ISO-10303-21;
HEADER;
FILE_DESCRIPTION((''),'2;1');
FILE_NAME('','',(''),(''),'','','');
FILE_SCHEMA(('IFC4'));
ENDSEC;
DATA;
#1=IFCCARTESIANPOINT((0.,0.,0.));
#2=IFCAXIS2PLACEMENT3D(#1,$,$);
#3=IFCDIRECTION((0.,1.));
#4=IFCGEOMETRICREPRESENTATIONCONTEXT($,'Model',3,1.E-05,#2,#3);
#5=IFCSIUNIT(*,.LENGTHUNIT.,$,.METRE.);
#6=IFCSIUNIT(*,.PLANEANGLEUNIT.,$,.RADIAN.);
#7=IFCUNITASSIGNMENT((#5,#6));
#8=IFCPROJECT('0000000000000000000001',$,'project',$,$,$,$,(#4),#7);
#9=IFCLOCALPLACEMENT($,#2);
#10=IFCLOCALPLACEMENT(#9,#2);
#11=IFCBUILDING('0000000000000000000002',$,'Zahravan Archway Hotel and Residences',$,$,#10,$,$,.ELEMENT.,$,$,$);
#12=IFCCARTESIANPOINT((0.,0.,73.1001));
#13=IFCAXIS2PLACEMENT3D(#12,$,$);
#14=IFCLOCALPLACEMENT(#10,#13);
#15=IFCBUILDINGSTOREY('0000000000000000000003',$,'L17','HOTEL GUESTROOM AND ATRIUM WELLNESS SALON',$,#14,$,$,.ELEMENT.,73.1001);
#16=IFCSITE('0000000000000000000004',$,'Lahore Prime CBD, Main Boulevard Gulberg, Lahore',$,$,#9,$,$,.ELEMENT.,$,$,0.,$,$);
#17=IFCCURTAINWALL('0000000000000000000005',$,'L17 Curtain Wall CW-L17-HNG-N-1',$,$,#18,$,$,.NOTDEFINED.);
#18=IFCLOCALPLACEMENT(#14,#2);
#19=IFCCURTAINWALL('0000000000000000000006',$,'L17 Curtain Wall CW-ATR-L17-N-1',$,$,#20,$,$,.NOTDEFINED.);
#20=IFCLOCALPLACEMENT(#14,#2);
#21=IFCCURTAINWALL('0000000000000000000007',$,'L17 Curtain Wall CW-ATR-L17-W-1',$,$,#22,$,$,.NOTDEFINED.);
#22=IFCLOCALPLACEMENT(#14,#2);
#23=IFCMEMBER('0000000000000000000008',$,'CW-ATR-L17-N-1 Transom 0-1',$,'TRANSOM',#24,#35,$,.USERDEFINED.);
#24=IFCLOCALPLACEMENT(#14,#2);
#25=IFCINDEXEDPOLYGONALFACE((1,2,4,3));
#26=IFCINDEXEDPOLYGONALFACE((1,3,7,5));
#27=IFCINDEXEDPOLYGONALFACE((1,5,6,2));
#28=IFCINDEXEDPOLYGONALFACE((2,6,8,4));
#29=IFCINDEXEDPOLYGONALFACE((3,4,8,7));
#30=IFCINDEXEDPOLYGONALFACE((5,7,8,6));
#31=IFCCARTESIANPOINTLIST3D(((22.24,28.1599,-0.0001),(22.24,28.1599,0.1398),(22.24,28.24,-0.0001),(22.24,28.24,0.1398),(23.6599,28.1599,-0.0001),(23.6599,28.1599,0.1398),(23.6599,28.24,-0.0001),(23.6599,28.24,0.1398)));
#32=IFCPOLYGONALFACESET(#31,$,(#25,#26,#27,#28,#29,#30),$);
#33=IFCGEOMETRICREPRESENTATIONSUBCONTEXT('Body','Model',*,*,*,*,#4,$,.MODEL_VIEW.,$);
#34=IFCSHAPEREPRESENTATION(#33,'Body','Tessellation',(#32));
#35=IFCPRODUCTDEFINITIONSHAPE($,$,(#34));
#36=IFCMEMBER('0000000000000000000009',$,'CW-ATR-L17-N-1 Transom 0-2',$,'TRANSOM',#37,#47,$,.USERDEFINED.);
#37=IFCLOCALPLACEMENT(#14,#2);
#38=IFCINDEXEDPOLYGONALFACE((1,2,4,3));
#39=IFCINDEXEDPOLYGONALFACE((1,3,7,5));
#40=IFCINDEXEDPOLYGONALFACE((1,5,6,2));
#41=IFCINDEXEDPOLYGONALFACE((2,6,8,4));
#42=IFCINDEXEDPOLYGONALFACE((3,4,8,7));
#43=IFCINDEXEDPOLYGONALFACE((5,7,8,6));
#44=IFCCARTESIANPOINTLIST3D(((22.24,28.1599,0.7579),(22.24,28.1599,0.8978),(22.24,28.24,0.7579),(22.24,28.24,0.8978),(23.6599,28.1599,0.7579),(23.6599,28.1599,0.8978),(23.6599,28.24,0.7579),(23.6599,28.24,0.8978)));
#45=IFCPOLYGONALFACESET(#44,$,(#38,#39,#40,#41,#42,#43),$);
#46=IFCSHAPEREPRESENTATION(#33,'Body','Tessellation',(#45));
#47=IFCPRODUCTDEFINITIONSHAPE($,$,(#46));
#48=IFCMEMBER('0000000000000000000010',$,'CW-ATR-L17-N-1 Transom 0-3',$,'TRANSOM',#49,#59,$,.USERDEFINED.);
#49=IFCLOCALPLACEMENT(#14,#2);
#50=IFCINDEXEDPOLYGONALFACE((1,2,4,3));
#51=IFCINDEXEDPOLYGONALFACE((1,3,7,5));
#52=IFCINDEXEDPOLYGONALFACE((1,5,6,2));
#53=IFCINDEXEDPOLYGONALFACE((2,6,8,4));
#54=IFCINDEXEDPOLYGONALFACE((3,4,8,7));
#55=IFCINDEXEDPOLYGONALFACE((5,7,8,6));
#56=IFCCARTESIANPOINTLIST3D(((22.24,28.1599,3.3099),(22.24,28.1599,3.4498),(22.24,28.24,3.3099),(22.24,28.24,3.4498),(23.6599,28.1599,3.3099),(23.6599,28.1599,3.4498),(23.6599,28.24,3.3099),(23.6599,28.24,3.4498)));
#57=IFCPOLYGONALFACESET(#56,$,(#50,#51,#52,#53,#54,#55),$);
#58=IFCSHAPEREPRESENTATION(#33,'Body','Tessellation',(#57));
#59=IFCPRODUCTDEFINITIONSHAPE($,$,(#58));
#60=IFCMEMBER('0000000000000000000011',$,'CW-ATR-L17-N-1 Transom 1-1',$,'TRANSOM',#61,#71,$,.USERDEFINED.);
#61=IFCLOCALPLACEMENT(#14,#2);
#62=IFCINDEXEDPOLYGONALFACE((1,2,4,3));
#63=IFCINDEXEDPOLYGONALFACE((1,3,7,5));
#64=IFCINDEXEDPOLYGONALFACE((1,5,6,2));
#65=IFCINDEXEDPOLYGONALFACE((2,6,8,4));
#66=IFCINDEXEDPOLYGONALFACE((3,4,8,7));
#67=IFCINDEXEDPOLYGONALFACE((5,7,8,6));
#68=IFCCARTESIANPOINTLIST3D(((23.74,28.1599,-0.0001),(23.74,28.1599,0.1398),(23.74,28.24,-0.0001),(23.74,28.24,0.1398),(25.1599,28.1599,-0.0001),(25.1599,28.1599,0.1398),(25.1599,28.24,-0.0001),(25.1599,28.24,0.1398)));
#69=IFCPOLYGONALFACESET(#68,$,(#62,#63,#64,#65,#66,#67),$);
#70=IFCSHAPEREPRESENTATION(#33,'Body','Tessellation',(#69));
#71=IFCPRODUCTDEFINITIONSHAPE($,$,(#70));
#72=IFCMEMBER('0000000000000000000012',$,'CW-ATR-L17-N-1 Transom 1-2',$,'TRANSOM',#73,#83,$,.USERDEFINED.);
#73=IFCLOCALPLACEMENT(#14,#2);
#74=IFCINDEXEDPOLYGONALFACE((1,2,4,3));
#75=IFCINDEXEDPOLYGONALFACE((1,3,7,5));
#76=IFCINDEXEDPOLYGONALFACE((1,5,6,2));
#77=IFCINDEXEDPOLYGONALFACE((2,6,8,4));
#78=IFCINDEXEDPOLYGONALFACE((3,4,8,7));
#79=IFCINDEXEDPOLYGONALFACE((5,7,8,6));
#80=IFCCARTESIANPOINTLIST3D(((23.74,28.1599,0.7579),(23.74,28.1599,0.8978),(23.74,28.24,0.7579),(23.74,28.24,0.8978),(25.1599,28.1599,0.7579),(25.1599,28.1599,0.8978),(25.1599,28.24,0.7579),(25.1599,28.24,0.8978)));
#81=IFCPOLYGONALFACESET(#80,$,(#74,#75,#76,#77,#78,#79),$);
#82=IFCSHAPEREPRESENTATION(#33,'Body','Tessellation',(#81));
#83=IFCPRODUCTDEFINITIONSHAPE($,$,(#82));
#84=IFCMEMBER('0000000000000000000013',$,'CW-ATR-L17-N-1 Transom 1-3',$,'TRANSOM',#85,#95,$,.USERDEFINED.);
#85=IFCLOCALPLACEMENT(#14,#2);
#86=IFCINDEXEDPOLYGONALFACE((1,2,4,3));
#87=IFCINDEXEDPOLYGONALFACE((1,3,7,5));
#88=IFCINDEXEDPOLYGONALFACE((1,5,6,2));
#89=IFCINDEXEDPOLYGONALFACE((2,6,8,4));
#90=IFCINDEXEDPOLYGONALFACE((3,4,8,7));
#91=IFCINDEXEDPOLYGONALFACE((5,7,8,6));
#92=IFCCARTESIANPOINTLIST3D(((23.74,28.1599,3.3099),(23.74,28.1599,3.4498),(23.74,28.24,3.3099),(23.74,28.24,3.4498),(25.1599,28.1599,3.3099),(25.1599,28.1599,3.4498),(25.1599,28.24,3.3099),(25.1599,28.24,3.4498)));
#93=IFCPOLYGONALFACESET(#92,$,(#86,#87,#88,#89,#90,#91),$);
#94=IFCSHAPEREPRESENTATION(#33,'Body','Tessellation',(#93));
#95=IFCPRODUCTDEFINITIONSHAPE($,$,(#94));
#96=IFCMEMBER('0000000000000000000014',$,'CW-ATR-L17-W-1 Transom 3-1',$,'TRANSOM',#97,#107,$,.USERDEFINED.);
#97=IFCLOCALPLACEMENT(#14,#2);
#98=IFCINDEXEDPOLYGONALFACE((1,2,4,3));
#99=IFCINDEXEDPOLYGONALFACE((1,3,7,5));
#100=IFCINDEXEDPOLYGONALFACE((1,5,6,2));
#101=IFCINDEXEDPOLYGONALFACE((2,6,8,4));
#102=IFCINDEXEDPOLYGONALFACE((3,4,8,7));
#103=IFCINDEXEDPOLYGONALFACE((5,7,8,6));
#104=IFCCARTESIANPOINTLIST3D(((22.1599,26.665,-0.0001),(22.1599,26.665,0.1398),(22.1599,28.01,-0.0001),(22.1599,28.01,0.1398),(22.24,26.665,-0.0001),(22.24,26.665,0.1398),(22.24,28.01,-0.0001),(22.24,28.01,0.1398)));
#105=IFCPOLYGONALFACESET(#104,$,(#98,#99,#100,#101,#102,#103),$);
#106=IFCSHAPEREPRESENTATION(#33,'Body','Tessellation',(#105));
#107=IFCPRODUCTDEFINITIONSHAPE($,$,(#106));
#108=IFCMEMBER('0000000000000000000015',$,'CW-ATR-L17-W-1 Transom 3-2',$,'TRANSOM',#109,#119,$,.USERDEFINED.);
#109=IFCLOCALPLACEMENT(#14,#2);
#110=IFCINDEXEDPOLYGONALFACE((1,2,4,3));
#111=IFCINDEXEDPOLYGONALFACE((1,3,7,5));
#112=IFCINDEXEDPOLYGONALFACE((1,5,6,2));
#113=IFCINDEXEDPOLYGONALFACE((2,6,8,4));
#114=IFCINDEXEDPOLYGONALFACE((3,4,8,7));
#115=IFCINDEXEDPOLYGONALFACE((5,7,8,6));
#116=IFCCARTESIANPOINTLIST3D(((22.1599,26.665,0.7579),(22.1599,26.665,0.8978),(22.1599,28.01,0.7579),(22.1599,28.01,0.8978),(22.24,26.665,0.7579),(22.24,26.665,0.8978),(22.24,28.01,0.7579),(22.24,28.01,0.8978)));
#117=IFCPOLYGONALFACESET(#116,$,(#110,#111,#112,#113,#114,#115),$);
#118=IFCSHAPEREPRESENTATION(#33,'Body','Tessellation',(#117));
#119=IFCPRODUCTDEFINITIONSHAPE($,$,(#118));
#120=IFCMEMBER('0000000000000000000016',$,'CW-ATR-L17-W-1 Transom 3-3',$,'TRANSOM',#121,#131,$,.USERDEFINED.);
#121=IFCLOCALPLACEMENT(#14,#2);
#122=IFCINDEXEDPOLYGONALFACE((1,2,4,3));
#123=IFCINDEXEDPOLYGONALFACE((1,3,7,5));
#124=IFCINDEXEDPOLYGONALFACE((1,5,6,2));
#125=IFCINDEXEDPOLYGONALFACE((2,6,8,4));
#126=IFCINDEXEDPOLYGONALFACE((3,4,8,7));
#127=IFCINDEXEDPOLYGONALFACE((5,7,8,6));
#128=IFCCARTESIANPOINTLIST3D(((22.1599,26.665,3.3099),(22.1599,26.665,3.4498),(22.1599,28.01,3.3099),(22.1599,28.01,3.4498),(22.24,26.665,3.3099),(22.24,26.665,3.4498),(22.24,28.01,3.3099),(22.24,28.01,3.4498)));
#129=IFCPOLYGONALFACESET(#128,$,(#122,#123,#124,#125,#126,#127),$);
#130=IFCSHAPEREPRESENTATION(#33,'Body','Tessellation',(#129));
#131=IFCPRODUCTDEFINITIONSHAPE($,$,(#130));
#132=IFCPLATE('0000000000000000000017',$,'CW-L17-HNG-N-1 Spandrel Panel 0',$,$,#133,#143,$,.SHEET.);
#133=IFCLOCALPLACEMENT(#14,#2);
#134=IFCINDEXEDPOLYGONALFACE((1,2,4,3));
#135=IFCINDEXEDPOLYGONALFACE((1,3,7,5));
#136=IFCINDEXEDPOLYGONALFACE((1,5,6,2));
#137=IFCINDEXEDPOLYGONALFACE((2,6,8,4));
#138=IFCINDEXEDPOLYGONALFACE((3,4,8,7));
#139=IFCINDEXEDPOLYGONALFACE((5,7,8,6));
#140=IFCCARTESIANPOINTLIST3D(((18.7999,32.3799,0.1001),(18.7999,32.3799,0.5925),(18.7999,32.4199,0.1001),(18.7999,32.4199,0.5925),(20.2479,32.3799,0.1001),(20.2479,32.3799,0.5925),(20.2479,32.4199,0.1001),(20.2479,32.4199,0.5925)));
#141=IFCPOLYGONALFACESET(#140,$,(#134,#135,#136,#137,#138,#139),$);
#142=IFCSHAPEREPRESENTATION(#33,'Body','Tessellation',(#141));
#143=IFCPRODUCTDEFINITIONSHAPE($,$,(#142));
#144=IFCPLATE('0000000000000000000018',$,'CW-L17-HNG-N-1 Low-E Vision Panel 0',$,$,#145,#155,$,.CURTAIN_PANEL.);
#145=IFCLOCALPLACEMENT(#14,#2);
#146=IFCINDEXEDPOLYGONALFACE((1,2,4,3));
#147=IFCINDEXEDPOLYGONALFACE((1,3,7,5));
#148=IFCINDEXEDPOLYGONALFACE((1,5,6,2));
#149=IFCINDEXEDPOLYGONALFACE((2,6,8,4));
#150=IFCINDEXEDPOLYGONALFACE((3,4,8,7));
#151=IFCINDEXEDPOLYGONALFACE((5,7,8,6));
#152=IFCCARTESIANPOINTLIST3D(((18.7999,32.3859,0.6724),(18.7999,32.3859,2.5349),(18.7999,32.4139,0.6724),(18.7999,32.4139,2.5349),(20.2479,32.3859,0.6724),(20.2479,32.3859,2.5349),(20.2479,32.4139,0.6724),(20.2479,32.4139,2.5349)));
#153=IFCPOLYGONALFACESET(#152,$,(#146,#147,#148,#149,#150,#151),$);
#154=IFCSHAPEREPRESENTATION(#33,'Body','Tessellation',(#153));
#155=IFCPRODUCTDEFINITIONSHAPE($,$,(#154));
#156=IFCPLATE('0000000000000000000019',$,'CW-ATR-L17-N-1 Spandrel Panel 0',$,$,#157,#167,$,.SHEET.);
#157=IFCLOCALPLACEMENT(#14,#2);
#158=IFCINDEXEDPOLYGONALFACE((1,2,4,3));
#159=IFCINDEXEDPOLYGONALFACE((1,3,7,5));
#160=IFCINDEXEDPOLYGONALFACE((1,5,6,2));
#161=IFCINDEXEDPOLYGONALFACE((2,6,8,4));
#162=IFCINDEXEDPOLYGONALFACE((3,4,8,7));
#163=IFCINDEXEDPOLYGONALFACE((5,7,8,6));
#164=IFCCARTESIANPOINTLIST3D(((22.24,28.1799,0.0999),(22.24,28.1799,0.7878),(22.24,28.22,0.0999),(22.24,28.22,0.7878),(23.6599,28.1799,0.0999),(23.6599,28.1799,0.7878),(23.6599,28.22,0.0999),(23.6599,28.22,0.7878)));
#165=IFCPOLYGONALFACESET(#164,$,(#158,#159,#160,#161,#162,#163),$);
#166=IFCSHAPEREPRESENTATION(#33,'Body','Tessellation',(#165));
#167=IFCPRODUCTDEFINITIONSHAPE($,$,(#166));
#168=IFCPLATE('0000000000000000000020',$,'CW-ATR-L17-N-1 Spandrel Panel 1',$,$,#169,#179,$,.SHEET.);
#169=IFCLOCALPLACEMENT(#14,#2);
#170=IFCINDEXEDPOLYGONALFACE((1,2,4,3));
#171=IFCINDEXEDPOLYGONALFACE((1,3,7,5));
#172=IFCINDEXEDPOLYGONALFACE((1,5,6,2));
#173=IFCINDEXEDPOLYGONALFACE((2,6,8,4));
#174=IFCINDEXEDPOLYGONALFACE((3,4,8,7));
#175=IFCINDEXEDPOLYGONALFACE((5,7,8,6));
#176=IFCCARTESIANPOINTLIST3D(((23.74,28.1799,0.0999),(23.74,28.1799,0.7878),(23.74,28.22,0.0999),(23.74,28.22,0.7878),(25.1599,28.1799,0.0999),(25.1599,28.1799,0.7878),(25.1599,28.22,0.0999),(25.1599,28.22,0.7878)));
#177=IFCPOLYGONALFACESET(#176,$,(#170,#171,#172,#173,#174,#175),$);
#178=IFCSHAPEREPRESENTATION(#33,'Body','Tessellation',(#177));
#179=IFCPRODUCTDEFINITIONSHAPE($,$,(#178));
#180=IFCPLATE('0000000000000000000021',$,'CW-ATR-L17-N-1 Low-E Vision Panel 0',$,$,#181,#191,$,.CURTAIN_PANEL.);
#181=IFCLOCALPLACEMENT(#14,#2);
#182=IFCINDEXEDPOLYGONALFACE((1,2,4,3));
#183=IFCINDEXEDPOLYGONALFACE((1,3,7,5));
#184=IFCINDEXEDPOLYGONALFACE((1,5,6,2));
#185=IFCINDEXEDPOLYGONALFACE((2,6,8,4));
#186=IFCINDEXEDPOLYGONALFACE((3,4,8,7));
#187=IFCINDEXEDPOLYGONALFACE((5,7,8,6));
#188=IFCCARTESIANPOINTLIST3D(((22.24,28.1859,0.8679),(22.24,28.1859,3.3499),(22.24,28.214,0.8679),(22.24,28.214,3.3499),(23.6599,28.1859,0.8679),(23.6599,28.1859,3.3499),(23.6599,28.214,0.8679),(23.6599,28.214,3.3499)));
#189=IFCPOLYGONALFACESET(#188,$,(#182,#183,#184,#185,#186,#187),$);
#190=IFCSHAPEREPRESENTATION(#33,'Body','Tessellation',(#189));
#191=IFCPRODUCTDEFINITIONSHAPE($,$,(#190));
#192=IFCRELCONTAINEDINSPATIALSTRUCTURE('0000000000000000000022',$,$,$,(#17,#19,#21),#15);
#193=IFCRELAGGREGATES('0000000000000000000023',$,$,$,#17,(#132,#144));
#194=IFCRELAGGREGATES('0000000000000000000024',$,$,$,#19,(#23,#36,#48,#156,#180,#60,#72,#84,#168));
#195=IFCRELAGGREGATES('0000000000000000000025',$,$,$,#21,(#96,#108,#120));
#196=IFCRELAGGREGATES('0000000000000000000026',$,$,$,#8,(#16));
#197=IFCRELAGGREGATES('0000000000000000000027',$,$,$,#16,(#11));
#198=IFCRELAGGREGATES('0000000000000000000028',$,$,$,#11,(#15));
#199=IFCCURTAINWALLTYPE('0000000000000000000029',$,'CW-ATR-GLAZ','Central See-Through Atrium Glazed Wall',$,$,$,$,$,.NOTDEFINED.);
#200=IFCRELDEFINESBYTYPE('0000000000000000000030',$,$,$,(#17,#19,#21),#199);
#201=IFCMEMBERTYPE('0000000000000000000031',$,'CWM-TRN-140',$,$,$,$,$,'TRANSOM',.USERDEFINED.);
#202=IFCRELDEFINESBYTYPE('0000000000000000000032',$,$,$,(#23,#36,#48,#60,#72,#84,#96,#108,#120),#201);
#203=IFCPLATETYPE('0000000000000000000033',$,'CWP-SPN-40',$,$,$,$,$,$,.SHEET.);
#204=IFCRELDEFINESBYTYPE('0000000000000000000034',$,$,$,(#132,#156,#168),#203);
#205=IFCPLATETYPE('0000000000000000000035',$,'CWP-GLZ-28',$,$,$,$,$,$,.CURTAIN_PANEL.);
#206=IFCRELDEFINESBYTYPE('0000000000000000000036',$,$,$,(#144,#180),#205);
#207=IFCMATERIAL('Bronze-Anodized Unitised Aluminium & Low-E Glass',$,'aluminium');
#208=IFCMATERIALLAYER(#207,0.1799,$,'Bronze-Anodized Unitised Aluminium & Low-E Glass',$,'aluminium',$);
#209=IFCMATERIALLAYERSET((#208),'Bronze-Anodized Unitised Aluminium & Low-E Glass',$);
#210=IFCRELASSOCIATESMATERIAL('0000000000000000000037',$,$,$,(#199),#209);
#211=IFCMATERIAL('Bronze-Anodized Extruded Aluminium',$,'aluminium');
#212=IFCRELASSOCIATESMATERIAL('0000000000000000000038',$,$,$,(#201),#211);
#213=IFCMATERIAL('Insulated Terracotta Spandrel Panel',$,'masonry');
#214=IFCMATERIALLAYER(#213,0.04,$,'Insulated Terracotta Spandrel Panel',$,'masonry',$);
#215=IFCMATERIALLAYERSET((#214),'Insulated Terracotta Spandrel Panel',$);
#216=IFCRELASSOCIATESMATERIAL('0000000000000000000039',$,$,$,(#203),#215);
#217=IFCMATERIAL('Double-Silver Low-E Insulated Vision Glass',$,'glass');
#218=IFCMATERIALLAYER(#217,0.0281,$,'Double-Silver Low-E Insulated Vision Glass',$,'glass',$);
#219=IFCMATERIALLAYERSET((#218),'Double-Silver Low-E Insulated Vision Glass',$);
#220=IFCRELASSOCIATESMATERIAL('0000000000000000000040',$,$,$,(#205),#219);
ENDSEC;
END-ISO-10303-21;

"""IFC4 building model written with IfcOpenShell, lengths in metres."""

from ifc_helpers import new_model, si_unit, direction, frame, origin, origin_2d, place, context, subcontext, project, spatial, rectangle, extrude, source, transform, mapped, material, layer, layer_set, material_profile, profile_set, type_object, element, aggregate, save


model = new_model("IFC4")

# Units and contexts
model_context = context("Model", 3, precision=1e-05, world=origin(), true_north=direction((0.0, 1.0)))
body_context = subcontext(model_context, "Body", "Model", "MODEL_VIEW")
ifc_project = project(units=[si_unit("LENGTHUNIT", "METRE"), si_unit("PLANEANGLEUNIT", "RADIAN")], contexts=[model_context])

# Site, building, storey
site_placement = place(None, origin())
site = spatial("IfcSite", under=ifc_project, at=site_placement, Name="Lahore Prime CBD, Main Boulevard Gulberg, Lahore", CompositionType="ELEMENT", RefElevation=0.0)
building_placement = place(site_placement, origin())
building = spatial("IfcBuilding", under=site, at=building_placement, Name="Zahravan Archway Hotel and Residences", CompositionType="ELEMENT")
storey_placement = place(building_placement, frame((0.0, 0.0, 73.1001)))
storey = spatial("IfcBuildingStorey", under=building, at=storey_placement, Name="L17", Description="HOTEL GUESTROOM AND ATRIUM WELLNESS SALON", CompositionType="ELEMENT", Elevation=73.1001)

# Curtain walls
ifc_material_1 = material(Name="Bronze-Anodized Unitised Aluminium & Low-E Glass", Category="aluminium")
ifc_layer_1 = layer(ifc_material_1, 0.1799, Name="Bronze-Anodized Unitised Aluminium & Low-E Glass", Category="aluminium")
ifc_layer_set_1 = layer_set([ifc_layer_1], Name="Bronze-Anodized Unitised Aluminium & Low-E Glass")
curtain_wall_type = type_object("IfcCurtainWallType", Name="CW-ATR-GLAZ", Description="Central See-Through Atrium Glazed Wall", PredefinedType="NOTDEFINED", material=ifc_layer_set_1)
curtain_wall_1_placement = place(storey_placement, origin())
curtain_wall_1 = element("IfcCurtainWall", 1, at=curtain_wall_1_placement, inside=storey, type_object=curtain_wall_type, Name="L17 Curtain Wall CW-L17-HNG-N-1", PredefinedType="NOTDEFINED")
ifc_material_2 = material(Name="Bronze-Anodized Extruded Aluminium", Category="aluminium")
ifc_material_profile_1 = material_profile(ifc_material_2, rectangle(XDim=0.0801, YDim=0.1399, at=origin_2d()), Name="TRN 80x140", Category="aluminium")
ifc_profile_set_1 = profile_set([ifc_material_profile_1], Name="Bronze-Anodized Extruded Aluminium")
member_type_1 = type_object("IfcMemberType", Name="CWM-TRN-140", ElementType="TRANSOM", PredefinedType="USERDEFINED", material=ifc_profile_set_1)
curtain_wall_2_placement = place(storey_placement, origin())
curtain_wall_2 = element("IfcCurtainWall", 2, at=curtain_wall_2_placement, inside=storey, type_object=curtain_wall_type, Name="L17 Curtain Wall CW-ATR-L17-N-1", PredefinedType="NOTDEFINED")
curtain_wall_3_placement = place(storey_placement, origin())
curtain_wall_3 = element("IfcCurtainWall", 3, at=curtain_wall_3_placement, inside=storey, type_object=curtain_wall_type, Name="L17 Curtain Wall CW-ATR-L17-W-1", PredefinedType="NOTDEFINED")

# Members
shared_shape_1 = source(origin(), body_context, "Body", "SweptSolid", [
    extrude(rectangle(XDim=0.0801, YDim=0.1399, at=origin_2d()), origin(), (0.0, 0.0, 1.0), 1.4199),
])
member_1_placement = place(storey_placement, frame((22.24, 28.2, 0.0698), z_axis=(1.0, 0.0, 0.0), x_axis=(0.0, 1.0, 0.0)))
member_1 = element("IfcMember", 4, at=member_1_placement, type_object=member_type_1, Name="CW-ATR-L17-N-1 Transom 0-1", ObjectType="TRANSOM", PredefinedType="USERDEFINED", context=body_context, shape_type="MappedRepresentation", body=[
    mapped(shared_shape_1, transform((0.0, 0.0, 0.0), scale=1.0)),
])
member_2_placement = place(storey_placement, frame((22.24, 28.2, 0.8279), z_axis=(1.0, 0.0, 0.0), x_axis=(0.0, 1.0, 0.0)))
member_2 = element("IfcMember", 5, at=member_2_placement, type_object=member_type_1, Name="CW-ATR-L17-N-1 Transom 0-2", ObjectType="TRANSOM", PredefinedType="USERDEFINED", context=body_context, shape_type="MappedRepresentation", body=[
    mapped(shared_shape_1, transform((0.0, 0.0, 0.0), scale=1.0)),
])
member_3_placement = place(storey_placement, frame((22.24, 28.2, 3.3799), z_axis=(1.0, 0.0, 0.0), x_axis=(0.0, 1.0, 0.0)))
member_3 = element("IfcMember", 6, at=member_3_placement, type_object=member_type_1, Name="CW-ATR-L17-N-1 Transom 0-3", ObjectType="TRANSOM", PredefinedType="USERDEFINED", context=body_context, shape_type="MappedRepresentation", body=[
    mapped(shared_shape_1, transform((0.0, 0.0, 0.0), scale=1.0)),
])
member_4_placement = place(storey_placement, frame((23.74, 28.2, 0.0698), z_axis=(1.0, 0.0, 0.0), x_axis=(0.0, 1.0, 0.0)))
member_4 = element("IfcMember", 7, at=member_4_placement, type_object=member_type_1, Name="CW-ATR-L17-N-1 Transom 1-1", ObjectType="TRANSOM", PredefinedType="USERDEFINED", context=body_context, shape_type="MappedRepresentation", body=[
    mapped(shared_shape_1, transform((0.0, 0.0, 0.0), scale=1.0)),
])
member_5_placement = place(storey_placement, frame((23.74, 28.2, 0.8279), z_axis=(1.0, 0.0, 0.0), x_axis=(0.0, 1.0, 0.0)))
member_5 = element("IfcMember", 8, at=member_5_placement, type_object=member_type_1, Name="CW-ATR-L17-N-1 Transom 1-2", ObjectType="TRANSOM", PredefinedType="USERDEFINED", context=body_context, shape_type="MappedRepresentation", body=[
    mapped(shared_shape_1, transform((0.0, 0.0, 0.0), scale=1.0)),
])
member_6_placement = place(storey_placement, frame((23.74, 28.2, 3.3799), z_axis=(1.0, 0.0, 0.0), x_axis=(0.0, 1.0, 0.0)))
member_6 = element("IfcMember", 9, at=member_6_placement, type_object=member_type_1, Name="CW-ATR-L17-N-1 Transom 1-3", ObjectType="TRANSOM", PredefinedType="USERDEFINED", context=body_context, shape_type="MappedRepresentation", body=[
    mapped(shared_shape_1, transform((0.0, 0.0, 0.0), scale=1.0)),
])
shared_shape_2 = source(origin(), body_context, "Body", "SweptSolid", [
    extrude(rectangle(XDim=0.0801, YDim=0.1399, at=origin_2d()), origin(), (0.0, 0.0, 1.0), 1.345),
])
member_7_placement = place(storey_placement, frame((22.2, 26.665, 0.0698), z_axis=(0.0, 1.0, 0.0), x_axis=(-1.0, 0.0, 0.0)))
member_7 = element("IfcMember", 10, at=member_7_placement, type_object=member_type_1, Name="CW-ATR-L17-W-1 Transom 3-1", ObjectType="TRANSOM", PredefinedType="USERDEFINED", context=body_context, shape_type="MappedRepresentation", body=[
    mapped(shared_shape_2, transform((0.0, 0.0, 0.0), scale=1.0)),
])
member_8_placement = place(storey_placement, frame((22.2, 26.665, 0.8279), z_axis=(0.0, 1.0, 0.0), x_axis=(-1.0, 0.0, 0.0)))
member_8 = element("IfcMember", 11, at=member_8_placement, type_object=member_type_1, Name="CW-ATR-L17-W-1 Transom 3-2", ObjectType="TRANSOM", PredefinedType="USERDEFINED", context=body_context, shape_type="MappedRepresentation", body=[
    mapped(shared_shape_2, transform((0.0, 0.0, 0.0), scale=1.0)),
])
member_9_placement = place(storey_placement, frame((22.2, 26.665, 3.3799), z_axis=(0.0, 1.0, 0.0), x_axis=(-1.0, 0.0, 0.0)))
member_9 = element("IfcMember", 12, at=member_9_placement, type_object=member_type_1, Name="CW-ATR-L17-W-1 Transom 3-3", ObjectType="TRANSOM", PredefinedType="USERDEFINED", context=body_context, shape_type="MappedRepresentation", body=[
    mapped(shared_shape_2, transform((0.0, 0.0, 0.0), scale=1.0)),
])

# Plates
ifc_material_3 = material(Name="Insulated Terracotta Spandrel Panel", Category="masonry")
ifc_layer_2 = layer(ifc_material_3, 0.04, Name="Insulated Terracotta Spandrel Panel", Category="masonry")
ifc_layer_set_2 = layer_set([ifc_layer_2], Name="Insulated Terracotta Spandrel Panel")
plate_type_1 = type_object("IfcPlateType", Name="CWP-SPN-40", PredefinedType="SHEET", material=ifc_layer_set_2)
shared_shape_3 = source(origin(), body_context, "Body", "SweptSolid", [
    extrude(rectangle(XDim=1.448, YDim=0.04, at=origin_2d()), origin(), (0.0, 0.0, 1.0), 0.4924),
])
plate_1_placement = place(storey_placement, frame((19.5239, 32.3999, 0.1001), z_axis=(0.0, 0.0, 1.0), x_axis=(1.0, 0.0, 0.0)))
plate_1 = element("IfcPlate", 13, at=plate_1_placement, type_object=plate_type_1, Name="CW-L17-HNG-N-1 Spandrel Panel 0", PredefinedType="SHEET", context=body_context, shape_type="MappedRepresentation", body=[
    mapped(shared_shape_3, transform((0.0, 0.0, 0.0), scale=1.0)),
])
ifc_material_4 = material(Name="Double-Silver Low-E Insulated Vision Glass", Category="glass")
ifc_layer_3 = layer(ifc_material_4, 0.0281, Name="Double-Silver Low-E Insulated Vision Glass", Category="glass")
ifc_layer_set_3 = layer_set([ifc_layer_3], Name="Double-Silver Low-E Insulated Vision Glass")
plate_type_2 = type_object("IfcPlateType", Name="CWP-GLZ-28", PredefinedType="CURTAIN_PANEL", material=ifc_layer_set_3)
shared_shape_4 = source(origin(), body_context, "Body", "SweptSolid", [
    extrude(rectangle(XDim=1.448, YDim=0.0281, at=origin_2d()), origin(), (0.0, 0.0, 1.0), 1.8625),
])
plate_2_placement = place(storey_placement, frame((19.5239, 32.3999, 0.6724), z_axis=(0.0, 0.0, 1.0), x_axis=(1.0, 0.0, 0.0)))
plate_2 = element("IfcPlate", 14, at=plate_2_placement, type_object=plate_type_2, Name="CW-L17-HNG-N-1 Low-E Vision Panel 0", PredefinedType="CURTAIN_PANEL", context=body_context, shape_type="MappedRepresentation", body=[
    mapped(shared_shape_4, transform((0.0, 0.0, 0.0), scale=1.0)),
])
aggregate(curtain_wall_1, [plate_1, plate_2])
shared_shape_5 = source(origin(), body_context, "Body", "SweptSolid", [
    extrude(rectangle(XDim=1.4199, YDim=0.04, at=origin_2d()), origin(), (0.0, 0.0, 1.0), 0.688),
])
plate_3_placement = place(storey_placement, frame((22.95, 28.2, 0.0999), z_axis=(0.0, 0.0, 1.0), x_axis=(1.0, 0.0, 0.0)))
plate_3 = element("IfcPlate", 15, at=plate_3_placement, type_object=plate_type_1, Name="CW-ATR-L17-N-1 Spandrel Panel 0", PredefinedType="SHEET", context=body_context, shape_type="MappedRepresentation", body=[
    mapped(shared_shape_5, transform((0.0, 0.0, 0.0), scale=1.0)),
])
plate_4_placement = place(storey_placement, frame((24.45, 28.2, 0.0999), z_axis=(0.0, 0.0, 1.0), x_axis=(1.0, 0.0, 0.0)))
plate_4 = element("IfcPlate", 16, at=plate_4_placement, type_object=plate_type_1, Name="CW-ATR-L17-N-1 Spandrel Panel 1", PredefinedType="SHEET", context=body_context, shape_type="MappedRepresentation", body=[
    mapped(shared_shape_5, transform((0.0, 0.0, 0.0), scale=1.0)),
])
shared_shape_6 = source(origin(), body_context, "Body", "SweptSolid", [
    extrude(rectangle(XDim=1.4199, YDim=0.0281, at=origin_2d()), origin(), (0.0, 0.0, 1.0), 2.4819),
])
plate_5_placement = place(storey_placement, frame((22.95, 28.2, 0.8679), z_axis=(0.0, 0.0, 1.0), x_axis=(1.0, 0.0, 0.0)))
plate_5 = element("IfcPlate", 17, at=plate_5_placement, type_object=plate_type_2, Name="CW-ATR-L17-N-1 Low-E Vision Panel 0", PredefinedType="CURTAIN_PANEL", context=body_context, shape_type="MappedRepresentation", body=[
    mapped(shared_shape_6, transform((0.0, 0.0, 0.0), scale=1.0)),
])
aggregate(curtain_wall_2, [member_1, member_2, member_3, plate_3, plate_5, member_4, member_5, member_6, plate_4])
aggregate(curtain_wall_3, [member_7, member_8, member_9])

save(model, "model.ifc")
